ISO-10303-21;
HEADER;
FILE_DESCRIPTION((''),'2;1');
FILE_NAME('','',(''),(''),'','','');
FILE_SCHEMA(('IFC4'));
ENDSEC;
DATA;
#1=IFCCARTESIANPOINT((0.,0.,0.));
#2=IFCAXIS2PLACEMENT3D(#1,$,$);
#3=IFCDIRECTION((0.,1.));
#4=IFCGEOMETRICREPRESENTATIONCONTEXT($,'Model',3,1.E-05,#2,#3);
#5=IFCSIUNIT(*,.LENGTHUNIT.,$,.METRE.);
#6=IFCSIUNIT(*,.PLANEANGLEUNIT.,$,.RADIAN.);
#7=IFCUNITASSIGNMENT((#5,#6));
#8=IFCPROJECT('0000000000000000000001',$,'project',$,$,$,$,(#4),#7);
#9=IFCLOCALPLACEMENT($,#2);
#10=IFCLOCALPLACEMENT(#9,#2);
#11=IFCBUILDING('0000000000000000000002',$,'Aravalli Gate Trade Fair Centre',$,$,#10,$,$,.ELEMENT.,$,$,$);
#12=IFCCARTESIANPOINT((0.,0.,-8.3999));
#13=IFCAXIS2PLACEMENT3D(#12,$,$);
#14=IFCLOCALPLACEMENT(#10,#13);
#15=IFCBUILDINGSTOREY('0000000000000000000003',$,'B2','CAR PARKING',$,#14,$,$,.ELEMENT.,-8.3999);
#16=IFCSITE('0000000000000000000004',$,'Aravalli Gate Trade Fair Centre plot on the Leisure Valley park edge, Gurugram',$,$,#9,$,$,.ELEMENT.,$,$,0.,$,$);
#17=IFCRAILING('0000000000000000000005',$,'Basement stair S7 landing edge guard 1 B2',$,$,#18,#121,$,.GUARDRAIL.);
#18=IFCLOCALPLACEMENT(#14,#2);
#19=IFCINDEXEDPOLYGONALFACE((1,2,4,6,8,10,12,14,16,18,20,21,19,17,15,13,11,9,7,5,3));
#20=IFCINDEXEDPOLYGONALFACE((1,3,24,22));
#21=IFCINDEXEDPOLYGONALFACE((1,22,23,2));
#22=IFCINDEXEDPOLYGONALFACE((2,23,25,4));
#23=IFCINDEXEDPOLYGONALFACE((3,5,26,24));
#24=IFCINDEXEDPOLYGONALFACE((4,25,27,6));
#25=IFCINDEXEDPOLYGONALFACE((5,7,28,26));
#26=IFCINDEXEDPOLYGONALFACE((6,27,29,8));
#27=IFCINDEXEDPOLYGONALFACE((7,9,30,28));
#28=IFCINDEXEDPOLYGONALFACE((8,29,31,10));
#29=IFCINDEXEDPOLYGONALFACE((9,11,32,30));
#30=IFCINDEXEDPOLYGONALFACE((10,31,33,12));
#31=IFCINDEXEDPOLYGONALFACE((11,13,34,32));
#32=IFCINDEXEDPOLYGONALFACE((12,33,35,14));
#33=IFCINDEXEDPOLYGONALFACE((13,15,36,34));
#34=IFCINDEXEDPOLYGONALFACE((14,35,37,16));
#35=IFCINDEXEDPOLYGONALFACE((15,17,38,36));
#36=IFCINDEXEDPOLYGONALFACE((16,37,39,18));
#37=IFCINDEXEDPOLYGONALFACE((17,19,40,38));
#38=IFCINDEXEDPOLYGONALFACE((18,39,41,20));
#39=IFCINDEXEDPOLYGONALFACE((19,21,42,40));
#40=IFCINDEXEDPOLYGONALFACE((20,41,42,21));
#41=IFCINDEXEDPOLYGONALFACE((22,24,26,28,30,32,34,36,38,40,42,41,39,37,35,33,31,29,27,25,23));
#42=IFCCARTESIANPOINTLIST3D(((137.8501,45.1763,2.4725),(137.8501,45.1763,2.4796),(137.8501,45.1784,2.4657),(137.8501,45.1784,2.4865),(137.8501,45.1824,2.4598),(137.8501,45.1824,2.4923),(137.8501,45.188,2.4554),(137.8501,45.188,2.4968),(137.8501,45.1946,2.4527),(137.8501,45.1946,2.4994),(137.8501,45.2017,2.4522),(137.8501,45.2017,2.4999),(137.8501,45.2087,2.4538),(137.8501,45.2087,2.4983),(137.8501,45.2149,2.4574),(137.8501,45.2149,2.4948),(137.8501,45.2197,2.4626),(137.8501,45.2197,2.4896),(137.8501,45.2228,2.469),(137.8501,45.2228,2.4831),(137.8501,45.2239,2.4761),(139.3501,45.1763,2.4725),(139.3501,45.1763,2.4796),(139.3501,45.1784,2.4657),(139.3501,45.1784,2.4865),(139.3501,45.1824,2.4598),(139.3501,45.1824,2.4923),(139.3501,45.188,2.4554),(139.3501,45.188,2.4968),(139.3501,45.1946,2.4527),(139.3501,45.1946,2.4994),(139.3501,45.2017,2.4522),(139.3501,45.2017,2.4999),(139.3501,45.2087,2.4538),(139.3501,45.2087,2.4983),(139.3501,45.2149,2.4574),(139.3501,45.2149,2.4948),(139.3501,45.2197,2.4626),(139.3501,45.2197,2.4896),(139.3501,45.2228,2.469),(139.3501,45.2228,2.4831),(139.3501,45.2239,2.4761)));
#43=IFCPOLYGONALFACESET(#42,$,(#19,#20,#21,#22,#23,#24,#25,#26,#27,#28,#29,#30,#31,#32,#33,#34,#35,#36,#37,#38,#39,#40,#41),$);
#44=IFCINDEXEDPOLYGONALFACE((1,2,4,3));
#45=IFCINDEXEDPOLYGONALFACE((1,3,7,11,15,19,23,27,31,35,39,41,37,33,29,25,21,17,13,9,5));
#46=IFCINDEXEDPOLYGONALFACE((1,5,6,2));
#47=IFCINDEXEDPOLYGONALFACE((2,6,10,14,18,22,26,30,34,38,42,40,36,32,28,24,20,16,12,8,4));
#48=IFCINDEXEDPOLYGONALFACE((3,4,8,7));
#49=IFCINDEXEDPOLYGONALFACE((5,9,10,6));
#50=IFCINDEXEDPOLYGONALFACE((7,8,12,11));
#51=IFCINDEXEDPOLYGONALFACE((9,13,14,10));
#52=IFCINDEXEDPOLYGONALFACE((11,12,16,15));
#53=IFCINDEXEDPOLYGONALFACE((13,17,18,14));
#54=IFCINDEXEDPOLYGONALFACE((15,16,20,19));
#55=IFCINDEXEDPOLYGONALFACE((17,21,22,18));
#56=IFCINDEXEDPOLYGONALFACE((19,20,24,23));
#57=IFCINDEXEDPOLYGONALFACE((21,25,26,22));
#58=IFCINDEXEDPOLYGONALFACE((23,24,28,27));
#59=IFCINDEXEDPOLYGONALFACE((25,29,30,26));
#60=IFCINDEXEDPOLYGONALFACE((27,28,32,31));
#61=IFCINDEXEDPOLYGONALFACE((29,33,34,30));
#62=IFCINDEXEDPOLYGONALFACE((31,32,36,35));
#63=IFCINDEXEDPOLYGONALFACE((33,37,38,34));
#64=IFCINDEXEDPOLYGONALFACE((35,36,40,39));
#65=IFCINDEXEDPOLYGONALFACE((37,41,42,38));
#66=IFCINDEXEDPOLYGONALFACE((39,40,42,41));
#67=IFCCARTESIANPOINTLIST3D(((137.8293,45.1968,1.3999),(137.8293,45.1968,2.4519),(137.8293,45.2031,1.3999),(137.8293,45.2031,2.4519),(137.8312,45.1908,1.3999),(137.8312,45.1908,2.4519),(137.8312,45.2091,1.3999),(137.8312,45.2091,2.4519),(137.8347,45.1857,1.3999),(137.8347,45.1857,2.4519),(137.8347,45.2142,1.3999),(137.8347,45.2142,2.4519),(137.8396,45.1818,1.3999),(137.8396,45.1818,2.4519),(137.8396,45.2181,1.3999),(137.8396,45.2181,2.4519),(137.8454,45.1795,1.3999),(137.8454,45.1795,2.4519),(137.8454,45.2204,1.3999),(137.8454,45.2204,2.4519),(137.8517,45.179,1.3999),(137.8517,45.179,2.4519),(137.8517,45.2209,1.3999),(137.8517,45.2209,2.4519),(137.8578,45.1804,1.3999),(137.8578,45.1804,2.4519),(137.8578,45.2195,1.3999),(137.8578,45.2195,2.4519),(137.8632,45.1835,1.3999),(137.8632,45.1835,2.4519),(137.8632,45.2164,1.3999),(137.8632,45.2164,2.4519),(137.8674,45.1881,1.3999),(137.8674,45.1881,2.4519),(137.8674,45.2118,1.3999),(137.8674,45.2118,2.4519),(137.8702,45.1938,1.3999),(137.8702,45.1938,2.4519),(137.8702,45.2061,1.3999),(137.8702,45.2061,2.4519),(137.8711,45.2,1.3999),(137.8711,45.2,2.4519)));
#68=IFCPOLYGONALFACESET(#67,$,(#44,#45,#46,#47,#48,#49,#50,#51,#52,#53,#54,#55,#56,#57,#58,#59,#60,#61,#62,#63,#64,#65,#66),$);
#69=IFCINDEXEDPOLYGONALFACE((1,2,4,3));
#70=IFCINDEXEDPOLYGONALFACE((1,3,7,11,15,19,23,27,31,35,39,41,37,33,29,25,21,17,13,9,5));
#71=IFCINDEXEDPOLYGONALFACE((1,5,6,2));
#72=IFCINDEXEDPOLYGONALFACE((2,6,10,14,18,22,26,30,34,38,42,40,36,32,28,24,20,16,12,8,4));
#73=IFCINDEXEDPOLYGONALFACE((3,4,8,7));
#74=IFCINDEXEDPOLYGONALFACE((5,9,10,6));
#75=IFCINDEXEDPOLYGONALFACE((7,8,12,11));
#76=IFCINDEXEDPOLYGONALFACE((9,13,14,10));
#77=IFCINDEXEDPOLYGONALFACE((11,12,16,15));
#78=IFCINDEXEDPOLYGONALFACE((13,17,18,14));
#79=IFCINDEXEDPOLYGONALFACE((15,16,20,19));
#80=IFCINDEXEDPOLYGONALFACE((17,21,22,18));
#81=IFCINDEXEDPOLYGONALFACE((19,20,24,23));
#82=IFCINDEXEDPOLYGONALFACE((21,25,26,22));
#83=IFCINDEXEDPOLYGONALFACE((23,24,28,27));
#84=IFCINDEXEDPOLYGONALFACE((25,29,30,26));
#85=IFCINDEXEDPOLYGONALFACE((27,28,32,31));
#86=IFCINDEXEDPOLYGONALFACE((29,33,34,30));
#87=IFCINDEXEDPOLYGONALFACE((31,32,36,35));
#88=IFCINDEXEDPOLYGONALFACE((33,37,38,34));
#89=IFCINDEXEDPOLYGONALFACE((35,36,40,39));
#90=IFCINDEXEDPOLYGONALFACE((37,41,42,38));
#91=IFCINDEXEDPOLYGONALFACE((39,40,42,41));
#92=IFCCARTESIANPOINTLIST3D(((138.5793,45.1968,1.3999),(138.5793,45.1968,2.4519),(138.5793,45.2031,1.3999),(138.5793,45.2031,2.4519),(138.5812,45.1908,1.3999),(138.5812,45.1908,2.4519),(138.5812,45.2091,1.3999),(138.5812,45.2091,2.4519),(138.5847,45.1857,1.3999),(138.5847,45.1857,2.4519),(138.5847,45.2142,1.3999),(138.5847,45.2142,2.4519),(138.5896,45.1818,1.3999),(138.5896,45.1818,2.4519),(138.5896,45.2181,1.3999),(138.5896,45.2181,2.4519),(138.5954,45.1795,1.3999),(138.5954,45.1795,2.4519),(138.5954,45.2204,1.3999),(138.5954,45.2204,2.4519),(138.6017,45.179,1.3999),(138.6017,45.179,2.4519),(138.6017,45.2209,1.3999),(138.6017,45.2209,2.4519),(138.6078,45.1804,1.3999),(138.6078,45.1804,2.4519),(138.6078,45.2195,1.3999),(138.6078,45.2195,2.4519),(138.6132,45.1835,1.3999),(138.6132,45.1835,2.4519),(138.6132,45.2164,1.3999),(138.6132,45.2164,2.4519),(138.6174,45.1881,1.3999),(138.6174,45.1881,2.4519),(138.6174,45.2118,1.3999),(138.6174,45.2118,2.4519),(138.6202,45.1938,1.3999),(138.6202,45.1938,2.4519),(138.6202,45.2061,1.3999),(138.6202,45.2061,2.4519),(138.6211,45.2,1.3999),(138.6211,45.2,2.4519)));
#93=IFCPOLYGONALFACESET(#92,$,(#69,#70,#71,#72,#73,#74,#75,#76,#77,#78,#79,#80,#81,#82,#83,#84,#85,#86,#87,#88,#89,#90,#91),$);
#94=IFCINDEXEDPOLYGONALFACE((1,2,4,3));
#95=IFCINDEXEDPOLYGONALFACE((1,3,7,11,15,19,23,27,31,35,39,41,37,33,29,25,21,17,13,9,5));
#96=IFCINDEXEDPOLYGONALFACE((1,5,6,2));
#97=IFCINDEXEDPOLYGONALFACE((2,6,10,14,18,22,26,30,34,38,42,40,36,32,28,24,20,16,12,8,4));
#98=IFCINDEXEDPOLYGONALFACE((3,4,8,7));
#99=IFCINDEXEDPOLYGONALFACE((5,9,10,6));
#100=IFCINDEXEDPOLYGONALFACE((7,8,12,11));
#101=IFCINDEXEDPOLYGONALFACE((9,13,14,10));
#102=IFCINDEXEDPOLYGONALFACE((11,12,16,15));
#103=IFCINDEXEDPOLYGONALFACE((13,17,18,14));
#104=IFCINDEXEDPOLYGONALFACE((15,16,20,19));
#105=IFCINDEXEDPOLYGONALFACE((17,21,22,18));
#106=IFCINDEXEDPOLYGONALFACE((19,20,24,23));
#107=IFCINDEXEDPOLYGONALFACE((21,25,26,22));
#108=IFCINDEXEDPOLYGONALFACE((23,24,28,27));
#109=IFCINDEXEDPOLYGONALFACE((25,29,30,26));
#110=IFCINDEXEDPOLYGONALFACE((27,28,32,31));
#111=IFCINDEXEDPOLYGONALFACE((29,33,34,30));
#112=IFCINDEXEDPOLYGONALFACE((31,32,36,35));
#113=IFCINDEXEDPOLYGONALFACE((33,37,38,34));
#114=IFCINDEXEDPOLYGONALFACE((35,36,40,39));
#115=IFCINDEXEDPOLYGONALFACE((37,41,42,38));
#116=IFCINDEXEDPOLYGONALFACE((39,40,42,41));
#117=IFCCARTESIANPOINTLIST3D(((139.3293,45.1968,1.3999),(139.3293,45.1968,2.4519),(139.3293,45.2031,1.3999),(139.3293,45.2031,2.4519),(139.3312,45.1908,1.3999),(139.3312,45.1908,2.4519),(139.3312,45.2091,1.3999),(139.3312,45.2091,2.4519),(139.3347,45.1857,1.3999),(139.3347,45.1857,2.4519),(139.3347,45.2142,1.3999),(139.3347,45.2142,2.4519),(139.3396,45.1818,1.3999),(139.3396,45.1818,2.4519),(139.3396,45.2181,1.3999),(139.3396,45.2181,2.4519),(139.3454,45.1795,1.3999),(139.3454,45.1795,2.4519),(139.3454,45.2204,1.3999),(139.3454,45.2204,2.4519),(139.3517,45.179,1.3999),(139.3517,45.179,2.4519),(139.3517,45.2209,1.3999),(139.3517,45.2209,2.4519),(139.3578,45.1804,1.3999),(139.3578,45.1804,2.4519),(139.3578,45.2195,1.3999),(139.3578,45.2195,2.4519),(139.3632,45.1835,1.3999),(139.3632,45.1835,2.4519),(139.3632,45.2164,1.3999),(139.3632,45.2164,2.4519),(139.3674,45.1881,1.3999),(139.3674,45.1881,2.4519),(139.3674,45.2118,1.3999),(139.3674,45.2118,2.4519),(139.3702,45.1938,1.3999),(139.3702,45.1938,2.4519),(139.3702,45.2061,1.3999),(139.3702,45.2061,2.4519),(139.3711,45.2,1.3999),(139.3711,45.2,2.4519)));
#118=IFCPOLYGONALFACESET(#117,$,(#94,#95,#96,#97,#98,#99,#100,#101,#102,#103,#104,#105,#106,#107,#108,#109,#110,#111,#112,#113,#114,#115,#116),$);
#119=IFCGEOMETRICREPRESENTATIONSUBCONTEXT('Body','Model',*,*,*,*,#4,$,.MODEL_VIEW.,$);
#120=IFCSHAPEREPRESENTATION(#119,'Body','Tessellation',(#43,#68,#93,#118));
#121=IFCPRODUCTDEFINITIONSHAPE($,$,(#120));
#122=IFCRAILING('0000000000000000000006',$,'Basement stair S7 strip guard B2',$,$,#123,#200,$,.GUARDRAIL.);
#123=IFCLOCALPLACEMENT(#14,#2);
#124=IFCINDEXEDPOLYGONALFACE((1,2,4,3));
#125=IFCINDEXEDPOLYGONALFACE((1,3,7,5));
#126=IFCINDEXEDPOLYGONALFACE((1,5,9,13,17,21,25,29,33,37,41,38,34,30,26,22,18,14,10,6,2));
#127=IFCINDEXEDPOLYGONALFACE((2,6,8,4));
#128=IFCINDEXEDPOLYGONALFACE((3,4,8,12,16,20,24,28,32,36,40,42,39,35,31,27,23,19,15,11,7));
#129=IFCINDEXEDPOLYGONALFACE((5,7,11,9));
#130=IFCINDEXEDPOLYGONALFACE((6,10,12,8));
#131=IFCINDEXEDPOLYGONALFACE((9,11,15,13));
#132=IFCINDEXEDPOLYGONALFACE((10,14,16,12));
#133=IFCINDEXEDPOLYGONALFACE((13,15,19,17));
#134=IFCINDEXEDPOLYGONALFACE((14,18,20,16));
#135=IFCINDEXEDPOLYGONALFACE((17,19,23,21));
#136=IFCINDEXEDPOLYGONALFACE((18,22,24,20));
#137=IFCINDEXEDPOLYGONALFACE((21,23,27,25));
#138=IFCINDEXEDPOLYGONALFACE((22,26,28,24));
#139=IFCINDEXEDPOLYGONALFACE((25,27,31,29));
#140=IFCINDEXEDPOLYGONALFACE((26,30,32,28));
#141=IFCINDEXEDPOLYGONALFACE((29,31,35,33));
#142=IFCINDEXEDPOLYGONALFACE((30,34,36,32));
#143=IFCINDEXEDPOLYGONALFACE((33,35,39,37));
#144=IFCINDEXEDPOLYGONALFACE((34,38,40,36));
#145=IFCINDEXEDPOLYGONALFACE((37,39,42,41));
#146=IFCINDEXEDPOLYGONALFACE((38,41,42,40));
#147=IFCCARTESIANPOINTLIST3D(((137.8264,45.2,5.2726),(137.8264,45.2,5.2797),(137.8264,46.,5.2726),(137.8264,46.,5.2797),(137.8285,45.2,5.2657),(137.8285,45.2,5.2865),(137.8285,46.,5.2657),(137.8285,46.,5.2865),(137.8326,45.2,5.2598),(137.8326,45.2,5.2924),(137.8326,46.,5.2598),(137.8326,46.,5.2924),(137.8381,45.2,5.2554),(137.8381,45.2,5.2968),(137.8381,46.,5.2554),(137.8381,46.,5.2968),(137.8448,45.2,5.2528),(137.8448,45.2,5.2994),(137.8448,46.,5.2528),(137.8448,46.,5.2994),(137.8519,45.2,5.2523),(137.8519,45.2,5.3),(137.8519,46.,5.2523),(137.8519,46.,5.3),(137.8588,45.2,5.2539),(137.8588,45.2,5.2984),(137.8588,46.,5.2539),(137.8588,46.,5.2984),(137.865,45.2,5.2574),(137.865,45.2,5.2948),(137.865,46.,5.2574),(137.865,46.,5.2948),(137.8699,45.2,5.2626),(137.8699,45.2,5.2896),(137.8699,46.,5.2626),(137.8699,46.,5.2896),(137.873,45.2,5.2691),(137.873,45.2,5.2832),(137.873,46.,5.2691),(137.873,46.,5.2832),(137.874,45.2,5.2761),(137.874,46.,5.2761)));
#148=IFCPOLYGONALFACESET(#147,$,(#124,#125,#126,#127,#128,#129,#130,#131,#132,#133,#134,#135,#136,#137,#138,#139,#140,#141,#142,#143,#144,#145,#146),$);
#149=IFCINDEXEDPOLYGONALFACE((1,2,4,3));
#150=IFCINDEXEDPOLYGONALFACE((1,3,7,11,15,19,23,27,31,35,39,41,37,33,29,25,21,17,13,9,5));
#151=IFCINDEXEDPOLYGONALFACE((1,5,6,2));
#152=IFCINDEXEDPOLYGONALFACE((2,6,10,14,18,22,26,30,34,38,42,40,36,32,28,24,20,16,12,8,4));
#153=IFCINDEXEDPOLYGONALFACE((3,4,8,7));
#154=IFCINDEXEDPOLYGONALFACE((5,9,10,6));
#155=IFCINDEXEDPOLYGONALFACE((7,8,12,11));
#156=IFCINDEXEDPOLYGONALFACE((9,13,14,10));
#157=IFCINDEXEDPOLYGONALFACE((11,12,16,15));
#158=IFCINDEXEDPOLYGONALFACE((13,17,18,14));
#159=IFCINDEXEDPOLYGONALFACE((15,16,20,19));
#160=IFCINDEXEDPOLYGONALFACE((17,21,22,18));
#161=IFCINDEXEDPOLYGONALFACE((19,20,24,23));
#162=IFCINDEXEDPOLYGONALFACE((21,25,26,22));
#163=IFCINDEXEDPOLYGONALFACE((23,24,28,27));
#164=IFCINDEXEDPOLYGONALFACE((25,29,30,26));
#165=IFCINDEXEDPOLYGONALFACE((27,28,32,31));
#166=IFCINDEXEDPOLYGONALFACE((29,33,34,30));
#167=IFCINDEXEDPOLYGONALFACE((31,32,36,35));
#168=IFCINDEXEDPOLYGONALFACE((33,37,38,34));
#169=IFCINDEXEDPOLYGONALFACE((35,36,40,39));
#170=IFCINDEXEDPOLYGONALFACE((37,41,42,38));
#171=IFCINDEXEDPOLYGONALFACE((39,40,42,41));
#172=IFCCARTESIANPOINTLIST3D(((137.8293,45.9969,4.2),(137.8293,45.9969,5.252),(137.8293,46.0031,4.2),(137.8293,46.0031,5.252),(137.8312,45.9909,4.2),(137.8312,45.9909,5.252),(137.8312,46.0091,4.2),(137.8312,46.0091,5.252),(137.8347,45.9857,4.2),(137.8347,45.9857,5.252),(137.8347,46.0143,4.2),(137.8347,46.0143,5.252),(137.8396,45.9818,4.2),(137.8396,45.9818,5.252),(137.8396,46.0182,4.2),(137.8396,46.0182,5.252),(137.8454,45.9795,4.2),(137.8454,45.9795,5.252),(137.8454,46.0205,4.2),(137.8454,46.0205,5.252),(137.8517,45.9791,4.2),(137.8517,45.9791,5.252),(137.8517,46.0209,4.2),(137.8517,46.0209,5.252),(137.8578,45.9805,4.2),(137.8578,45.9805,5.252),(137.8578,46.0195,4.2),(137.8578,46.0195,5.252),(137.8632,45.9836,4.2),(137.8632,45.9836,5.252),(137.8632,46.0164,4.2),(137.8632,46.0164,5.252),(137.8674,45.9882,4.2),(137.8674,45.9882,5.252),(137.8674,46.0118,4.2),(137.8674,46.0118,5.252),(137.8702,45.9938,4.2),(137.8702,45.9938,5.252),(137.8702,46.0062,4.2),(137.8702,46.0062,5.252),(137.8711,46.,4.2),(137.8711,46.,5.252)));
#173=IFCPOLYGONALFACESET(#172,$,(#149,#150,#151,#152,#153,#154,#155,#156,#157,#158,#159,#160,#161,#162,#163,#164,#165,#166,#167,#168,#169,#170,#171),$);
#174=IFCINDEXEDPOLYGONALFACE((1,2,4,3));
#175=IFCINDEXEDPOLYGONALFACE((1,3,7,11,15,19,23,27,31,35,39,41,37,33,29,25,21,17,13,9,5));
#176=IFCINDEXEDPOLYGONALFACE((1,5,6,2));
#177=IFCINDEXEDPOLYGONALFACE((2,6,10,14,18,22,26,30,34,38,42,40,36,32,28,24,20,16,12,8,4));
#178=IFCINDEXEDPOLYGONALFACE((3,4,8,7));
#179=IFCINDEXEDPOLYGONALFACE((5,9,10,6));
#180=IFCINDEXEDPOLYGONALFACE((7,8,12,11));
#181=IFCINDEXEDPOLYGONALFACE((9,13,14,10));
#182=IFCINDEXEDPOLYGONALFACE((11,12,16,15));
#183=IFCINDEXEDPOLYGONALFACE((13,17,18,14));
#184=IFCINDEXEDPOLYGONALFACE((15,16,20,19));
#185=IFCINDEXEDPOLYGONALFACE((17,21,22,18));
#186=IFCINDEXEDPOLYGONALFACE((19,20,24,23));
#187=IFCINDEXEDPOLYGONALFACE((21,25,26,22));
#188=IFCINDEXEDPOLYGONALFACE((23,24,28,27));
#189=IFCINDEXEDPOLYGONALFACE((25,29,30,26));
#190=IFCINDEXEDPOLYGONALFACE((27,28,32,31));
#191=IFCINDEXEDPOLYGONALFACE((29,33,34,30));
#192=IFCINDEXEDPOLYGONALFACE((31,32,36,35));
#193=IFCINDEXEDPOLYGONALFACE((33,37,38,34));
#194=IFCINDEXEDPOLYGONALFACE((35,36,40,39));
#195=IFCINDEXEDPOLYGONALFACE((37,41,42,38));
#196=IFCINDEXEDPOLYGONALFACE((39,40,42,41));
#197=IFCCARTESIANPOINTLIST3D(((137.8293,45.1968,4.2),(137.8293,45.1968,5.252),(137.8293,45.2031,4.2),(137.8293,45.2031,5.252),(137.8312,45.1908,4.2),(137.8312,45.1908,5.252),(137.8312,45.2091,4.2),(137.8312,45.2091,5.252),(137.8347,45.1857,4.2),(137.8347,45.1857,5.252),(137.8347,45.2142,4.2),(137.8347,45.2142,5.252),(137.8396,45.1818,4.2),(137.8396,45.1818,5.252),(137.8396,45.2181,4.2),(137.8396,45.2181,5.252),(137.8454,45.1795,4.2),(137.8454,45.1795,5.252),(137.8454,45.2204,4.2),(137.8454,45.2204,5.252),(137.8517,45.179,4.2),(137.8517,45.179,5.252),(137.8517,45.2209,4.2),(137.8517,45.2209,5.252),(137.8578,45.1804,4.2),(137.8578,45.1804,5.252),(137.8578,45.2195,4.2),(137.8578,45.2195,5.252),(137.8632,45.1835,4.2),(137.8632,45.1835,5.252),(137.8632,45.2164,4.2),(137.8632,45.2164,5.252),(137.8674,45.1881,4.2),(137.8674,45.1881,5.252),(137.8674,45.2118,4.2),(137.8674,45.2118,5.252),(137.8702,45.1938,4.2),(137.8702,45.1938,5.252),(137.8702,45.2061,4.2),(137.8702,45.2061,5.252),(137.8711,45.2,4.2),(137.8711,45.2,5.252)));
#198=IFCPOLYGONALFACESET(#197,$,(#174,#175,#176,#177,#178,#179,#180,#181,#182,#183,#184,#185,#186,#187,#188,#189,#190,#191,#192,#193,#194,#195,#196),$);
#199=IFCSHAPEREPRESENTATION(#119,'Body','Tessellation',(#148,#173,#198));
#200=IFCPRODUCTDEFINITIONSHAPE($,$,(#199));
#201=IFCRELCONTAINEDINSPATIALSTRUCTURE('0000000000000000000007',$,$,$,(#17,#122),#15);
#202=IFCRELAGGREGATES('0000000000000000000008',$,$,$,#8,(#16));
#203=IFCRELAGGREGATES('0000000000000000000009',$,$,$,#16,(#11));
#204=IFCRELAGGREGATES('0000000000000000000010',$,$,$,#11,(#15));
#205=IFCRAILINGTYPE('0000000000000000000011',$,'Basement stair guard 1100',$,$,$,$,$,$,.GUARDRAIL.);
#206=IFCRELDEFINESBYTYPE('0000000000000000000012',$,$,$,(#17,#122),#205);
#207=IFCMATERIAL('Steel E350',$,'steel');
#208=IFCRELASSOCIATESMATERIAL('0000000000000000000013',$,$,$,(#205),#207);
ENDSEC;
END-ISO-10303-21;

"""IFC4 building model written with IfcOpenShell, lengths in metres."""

from ifc_helpers import new_model, si_unit, direction, frame, origin, origin_2d, place, context, subcontext, project, spatial, circle, extrude, material, type_object, element, save


model = new_model("IFC4")

# Units and contexts
model_context = context("Model", 3, precision=1e-05, world=origin(), true_north=direction((0.0, 1.0)))
body_context = subcontext(model_context, "Body", "Model", "MODEL_VIEW")
ifc_project = project(units=[si_unit("LENGTHUNIT", "METRE"), si_unit("PLANEANGLEUNIT", "RADIAN")], contexts=[model_context])

# Site, building, storey
site_placement = place(None, origin())
site = spatial("IfcSite", under=ifc_project, at=site_placement, Name="Aravalli Gate Trade Fair Centre plot on the Leisure Valley park edge, Gurugram", CompositionType="ELEMENT", RefElevation=0.0)
building_placement = place(site_placement, origin())
building = spatial("IfcBuilding", under=site, at=building_placement, Name="Aravalli Gate Trade Fair Centre", CompositionType="ELEMENT")
storey_placement = place(building_placement, frame((0.0, 0.0, -8.3999)))
storey = spatial("IfcBuildingStorey", under=building, at=storey_placement, Name="B2", Description="CAR PARKING", CompositionType="ELEMENT", Elevation=-8.3999)

# Railings
ifc_material_1 = material(Name="Steel E350", Category="steel")
railing_type_1 = type_object("IfcRailingType", Name="Basement stair guard 1100", PredefinedType="GUARDRAIL", material=ifc_material_1)
railing_1_placement = place(storey_placement, frame((137.8501, 45.2, 1.3999)))
element("IfcRailing", 1, at=railing_1_placement, inside=storey, type_object=railing_type_1, Name="Basement stair S7 landing edge guard 1 B2", PredefinedType="GUARDRAIL", context=body_context, shape_type="SweptSolid", body=[
    extrude(circle(Radius=0.0239, at=origin_2d()), frame((0.0, 0.0, 1.0762), z_axis=(1.0, 0.0, 0.0), x_axis=(0.0, 1.0, 0.0)), (0.0, 0.0, 1.0), 1.5),
    extrude(circle(Radius=0.021, at=origin_2d()), origin(), (0.0, 0.0, 1.0), 1.052),
    extrude(circle(Radius=0.021, at=origin_2d()), frame((0.75, 0.0, 0.0)), (0.0, 0.0, 1.0), 1.052),
    extrude(circle(Radius=0.021, at=origin_2d()), frame((1.5, 0.0, 0.0)), (0.0, 0.0, 1.0), 1.052),
])
railing_2_placement = place(storey_placement, frame((137.8501, 46.0, 4.2)))
element("IfcRailing", 2, at=railing_2_placement, inside=storey, type_object=railing_type_1, Name="Basement stair S7 strip guard B2", PredefinedType="GUARDRAIL", context=body_context, shape_type="SweptSolid", body=[
    extrude(circle(Radius=0.0239, at=origin_2d()), frame((0.0, 0.0, 1.0762), z_axis=(0.0, -1.0, 0.0), x_axis=(1.0, 0.0, 0.0)), (0.0, 0.0, 1.0), 0.8),
    extrude(circle(Radius=0.021, at=origin_2d()), origin(), (0.0, 0.0, 1.0), 1.052),
    extrude(circle(Radius=0.021, at=origin_2d()), frame((0.0, -0.8, 0.0)), (0.0, 0.0, 1.0), 1.052),
])

save(model, "model.ifc")
